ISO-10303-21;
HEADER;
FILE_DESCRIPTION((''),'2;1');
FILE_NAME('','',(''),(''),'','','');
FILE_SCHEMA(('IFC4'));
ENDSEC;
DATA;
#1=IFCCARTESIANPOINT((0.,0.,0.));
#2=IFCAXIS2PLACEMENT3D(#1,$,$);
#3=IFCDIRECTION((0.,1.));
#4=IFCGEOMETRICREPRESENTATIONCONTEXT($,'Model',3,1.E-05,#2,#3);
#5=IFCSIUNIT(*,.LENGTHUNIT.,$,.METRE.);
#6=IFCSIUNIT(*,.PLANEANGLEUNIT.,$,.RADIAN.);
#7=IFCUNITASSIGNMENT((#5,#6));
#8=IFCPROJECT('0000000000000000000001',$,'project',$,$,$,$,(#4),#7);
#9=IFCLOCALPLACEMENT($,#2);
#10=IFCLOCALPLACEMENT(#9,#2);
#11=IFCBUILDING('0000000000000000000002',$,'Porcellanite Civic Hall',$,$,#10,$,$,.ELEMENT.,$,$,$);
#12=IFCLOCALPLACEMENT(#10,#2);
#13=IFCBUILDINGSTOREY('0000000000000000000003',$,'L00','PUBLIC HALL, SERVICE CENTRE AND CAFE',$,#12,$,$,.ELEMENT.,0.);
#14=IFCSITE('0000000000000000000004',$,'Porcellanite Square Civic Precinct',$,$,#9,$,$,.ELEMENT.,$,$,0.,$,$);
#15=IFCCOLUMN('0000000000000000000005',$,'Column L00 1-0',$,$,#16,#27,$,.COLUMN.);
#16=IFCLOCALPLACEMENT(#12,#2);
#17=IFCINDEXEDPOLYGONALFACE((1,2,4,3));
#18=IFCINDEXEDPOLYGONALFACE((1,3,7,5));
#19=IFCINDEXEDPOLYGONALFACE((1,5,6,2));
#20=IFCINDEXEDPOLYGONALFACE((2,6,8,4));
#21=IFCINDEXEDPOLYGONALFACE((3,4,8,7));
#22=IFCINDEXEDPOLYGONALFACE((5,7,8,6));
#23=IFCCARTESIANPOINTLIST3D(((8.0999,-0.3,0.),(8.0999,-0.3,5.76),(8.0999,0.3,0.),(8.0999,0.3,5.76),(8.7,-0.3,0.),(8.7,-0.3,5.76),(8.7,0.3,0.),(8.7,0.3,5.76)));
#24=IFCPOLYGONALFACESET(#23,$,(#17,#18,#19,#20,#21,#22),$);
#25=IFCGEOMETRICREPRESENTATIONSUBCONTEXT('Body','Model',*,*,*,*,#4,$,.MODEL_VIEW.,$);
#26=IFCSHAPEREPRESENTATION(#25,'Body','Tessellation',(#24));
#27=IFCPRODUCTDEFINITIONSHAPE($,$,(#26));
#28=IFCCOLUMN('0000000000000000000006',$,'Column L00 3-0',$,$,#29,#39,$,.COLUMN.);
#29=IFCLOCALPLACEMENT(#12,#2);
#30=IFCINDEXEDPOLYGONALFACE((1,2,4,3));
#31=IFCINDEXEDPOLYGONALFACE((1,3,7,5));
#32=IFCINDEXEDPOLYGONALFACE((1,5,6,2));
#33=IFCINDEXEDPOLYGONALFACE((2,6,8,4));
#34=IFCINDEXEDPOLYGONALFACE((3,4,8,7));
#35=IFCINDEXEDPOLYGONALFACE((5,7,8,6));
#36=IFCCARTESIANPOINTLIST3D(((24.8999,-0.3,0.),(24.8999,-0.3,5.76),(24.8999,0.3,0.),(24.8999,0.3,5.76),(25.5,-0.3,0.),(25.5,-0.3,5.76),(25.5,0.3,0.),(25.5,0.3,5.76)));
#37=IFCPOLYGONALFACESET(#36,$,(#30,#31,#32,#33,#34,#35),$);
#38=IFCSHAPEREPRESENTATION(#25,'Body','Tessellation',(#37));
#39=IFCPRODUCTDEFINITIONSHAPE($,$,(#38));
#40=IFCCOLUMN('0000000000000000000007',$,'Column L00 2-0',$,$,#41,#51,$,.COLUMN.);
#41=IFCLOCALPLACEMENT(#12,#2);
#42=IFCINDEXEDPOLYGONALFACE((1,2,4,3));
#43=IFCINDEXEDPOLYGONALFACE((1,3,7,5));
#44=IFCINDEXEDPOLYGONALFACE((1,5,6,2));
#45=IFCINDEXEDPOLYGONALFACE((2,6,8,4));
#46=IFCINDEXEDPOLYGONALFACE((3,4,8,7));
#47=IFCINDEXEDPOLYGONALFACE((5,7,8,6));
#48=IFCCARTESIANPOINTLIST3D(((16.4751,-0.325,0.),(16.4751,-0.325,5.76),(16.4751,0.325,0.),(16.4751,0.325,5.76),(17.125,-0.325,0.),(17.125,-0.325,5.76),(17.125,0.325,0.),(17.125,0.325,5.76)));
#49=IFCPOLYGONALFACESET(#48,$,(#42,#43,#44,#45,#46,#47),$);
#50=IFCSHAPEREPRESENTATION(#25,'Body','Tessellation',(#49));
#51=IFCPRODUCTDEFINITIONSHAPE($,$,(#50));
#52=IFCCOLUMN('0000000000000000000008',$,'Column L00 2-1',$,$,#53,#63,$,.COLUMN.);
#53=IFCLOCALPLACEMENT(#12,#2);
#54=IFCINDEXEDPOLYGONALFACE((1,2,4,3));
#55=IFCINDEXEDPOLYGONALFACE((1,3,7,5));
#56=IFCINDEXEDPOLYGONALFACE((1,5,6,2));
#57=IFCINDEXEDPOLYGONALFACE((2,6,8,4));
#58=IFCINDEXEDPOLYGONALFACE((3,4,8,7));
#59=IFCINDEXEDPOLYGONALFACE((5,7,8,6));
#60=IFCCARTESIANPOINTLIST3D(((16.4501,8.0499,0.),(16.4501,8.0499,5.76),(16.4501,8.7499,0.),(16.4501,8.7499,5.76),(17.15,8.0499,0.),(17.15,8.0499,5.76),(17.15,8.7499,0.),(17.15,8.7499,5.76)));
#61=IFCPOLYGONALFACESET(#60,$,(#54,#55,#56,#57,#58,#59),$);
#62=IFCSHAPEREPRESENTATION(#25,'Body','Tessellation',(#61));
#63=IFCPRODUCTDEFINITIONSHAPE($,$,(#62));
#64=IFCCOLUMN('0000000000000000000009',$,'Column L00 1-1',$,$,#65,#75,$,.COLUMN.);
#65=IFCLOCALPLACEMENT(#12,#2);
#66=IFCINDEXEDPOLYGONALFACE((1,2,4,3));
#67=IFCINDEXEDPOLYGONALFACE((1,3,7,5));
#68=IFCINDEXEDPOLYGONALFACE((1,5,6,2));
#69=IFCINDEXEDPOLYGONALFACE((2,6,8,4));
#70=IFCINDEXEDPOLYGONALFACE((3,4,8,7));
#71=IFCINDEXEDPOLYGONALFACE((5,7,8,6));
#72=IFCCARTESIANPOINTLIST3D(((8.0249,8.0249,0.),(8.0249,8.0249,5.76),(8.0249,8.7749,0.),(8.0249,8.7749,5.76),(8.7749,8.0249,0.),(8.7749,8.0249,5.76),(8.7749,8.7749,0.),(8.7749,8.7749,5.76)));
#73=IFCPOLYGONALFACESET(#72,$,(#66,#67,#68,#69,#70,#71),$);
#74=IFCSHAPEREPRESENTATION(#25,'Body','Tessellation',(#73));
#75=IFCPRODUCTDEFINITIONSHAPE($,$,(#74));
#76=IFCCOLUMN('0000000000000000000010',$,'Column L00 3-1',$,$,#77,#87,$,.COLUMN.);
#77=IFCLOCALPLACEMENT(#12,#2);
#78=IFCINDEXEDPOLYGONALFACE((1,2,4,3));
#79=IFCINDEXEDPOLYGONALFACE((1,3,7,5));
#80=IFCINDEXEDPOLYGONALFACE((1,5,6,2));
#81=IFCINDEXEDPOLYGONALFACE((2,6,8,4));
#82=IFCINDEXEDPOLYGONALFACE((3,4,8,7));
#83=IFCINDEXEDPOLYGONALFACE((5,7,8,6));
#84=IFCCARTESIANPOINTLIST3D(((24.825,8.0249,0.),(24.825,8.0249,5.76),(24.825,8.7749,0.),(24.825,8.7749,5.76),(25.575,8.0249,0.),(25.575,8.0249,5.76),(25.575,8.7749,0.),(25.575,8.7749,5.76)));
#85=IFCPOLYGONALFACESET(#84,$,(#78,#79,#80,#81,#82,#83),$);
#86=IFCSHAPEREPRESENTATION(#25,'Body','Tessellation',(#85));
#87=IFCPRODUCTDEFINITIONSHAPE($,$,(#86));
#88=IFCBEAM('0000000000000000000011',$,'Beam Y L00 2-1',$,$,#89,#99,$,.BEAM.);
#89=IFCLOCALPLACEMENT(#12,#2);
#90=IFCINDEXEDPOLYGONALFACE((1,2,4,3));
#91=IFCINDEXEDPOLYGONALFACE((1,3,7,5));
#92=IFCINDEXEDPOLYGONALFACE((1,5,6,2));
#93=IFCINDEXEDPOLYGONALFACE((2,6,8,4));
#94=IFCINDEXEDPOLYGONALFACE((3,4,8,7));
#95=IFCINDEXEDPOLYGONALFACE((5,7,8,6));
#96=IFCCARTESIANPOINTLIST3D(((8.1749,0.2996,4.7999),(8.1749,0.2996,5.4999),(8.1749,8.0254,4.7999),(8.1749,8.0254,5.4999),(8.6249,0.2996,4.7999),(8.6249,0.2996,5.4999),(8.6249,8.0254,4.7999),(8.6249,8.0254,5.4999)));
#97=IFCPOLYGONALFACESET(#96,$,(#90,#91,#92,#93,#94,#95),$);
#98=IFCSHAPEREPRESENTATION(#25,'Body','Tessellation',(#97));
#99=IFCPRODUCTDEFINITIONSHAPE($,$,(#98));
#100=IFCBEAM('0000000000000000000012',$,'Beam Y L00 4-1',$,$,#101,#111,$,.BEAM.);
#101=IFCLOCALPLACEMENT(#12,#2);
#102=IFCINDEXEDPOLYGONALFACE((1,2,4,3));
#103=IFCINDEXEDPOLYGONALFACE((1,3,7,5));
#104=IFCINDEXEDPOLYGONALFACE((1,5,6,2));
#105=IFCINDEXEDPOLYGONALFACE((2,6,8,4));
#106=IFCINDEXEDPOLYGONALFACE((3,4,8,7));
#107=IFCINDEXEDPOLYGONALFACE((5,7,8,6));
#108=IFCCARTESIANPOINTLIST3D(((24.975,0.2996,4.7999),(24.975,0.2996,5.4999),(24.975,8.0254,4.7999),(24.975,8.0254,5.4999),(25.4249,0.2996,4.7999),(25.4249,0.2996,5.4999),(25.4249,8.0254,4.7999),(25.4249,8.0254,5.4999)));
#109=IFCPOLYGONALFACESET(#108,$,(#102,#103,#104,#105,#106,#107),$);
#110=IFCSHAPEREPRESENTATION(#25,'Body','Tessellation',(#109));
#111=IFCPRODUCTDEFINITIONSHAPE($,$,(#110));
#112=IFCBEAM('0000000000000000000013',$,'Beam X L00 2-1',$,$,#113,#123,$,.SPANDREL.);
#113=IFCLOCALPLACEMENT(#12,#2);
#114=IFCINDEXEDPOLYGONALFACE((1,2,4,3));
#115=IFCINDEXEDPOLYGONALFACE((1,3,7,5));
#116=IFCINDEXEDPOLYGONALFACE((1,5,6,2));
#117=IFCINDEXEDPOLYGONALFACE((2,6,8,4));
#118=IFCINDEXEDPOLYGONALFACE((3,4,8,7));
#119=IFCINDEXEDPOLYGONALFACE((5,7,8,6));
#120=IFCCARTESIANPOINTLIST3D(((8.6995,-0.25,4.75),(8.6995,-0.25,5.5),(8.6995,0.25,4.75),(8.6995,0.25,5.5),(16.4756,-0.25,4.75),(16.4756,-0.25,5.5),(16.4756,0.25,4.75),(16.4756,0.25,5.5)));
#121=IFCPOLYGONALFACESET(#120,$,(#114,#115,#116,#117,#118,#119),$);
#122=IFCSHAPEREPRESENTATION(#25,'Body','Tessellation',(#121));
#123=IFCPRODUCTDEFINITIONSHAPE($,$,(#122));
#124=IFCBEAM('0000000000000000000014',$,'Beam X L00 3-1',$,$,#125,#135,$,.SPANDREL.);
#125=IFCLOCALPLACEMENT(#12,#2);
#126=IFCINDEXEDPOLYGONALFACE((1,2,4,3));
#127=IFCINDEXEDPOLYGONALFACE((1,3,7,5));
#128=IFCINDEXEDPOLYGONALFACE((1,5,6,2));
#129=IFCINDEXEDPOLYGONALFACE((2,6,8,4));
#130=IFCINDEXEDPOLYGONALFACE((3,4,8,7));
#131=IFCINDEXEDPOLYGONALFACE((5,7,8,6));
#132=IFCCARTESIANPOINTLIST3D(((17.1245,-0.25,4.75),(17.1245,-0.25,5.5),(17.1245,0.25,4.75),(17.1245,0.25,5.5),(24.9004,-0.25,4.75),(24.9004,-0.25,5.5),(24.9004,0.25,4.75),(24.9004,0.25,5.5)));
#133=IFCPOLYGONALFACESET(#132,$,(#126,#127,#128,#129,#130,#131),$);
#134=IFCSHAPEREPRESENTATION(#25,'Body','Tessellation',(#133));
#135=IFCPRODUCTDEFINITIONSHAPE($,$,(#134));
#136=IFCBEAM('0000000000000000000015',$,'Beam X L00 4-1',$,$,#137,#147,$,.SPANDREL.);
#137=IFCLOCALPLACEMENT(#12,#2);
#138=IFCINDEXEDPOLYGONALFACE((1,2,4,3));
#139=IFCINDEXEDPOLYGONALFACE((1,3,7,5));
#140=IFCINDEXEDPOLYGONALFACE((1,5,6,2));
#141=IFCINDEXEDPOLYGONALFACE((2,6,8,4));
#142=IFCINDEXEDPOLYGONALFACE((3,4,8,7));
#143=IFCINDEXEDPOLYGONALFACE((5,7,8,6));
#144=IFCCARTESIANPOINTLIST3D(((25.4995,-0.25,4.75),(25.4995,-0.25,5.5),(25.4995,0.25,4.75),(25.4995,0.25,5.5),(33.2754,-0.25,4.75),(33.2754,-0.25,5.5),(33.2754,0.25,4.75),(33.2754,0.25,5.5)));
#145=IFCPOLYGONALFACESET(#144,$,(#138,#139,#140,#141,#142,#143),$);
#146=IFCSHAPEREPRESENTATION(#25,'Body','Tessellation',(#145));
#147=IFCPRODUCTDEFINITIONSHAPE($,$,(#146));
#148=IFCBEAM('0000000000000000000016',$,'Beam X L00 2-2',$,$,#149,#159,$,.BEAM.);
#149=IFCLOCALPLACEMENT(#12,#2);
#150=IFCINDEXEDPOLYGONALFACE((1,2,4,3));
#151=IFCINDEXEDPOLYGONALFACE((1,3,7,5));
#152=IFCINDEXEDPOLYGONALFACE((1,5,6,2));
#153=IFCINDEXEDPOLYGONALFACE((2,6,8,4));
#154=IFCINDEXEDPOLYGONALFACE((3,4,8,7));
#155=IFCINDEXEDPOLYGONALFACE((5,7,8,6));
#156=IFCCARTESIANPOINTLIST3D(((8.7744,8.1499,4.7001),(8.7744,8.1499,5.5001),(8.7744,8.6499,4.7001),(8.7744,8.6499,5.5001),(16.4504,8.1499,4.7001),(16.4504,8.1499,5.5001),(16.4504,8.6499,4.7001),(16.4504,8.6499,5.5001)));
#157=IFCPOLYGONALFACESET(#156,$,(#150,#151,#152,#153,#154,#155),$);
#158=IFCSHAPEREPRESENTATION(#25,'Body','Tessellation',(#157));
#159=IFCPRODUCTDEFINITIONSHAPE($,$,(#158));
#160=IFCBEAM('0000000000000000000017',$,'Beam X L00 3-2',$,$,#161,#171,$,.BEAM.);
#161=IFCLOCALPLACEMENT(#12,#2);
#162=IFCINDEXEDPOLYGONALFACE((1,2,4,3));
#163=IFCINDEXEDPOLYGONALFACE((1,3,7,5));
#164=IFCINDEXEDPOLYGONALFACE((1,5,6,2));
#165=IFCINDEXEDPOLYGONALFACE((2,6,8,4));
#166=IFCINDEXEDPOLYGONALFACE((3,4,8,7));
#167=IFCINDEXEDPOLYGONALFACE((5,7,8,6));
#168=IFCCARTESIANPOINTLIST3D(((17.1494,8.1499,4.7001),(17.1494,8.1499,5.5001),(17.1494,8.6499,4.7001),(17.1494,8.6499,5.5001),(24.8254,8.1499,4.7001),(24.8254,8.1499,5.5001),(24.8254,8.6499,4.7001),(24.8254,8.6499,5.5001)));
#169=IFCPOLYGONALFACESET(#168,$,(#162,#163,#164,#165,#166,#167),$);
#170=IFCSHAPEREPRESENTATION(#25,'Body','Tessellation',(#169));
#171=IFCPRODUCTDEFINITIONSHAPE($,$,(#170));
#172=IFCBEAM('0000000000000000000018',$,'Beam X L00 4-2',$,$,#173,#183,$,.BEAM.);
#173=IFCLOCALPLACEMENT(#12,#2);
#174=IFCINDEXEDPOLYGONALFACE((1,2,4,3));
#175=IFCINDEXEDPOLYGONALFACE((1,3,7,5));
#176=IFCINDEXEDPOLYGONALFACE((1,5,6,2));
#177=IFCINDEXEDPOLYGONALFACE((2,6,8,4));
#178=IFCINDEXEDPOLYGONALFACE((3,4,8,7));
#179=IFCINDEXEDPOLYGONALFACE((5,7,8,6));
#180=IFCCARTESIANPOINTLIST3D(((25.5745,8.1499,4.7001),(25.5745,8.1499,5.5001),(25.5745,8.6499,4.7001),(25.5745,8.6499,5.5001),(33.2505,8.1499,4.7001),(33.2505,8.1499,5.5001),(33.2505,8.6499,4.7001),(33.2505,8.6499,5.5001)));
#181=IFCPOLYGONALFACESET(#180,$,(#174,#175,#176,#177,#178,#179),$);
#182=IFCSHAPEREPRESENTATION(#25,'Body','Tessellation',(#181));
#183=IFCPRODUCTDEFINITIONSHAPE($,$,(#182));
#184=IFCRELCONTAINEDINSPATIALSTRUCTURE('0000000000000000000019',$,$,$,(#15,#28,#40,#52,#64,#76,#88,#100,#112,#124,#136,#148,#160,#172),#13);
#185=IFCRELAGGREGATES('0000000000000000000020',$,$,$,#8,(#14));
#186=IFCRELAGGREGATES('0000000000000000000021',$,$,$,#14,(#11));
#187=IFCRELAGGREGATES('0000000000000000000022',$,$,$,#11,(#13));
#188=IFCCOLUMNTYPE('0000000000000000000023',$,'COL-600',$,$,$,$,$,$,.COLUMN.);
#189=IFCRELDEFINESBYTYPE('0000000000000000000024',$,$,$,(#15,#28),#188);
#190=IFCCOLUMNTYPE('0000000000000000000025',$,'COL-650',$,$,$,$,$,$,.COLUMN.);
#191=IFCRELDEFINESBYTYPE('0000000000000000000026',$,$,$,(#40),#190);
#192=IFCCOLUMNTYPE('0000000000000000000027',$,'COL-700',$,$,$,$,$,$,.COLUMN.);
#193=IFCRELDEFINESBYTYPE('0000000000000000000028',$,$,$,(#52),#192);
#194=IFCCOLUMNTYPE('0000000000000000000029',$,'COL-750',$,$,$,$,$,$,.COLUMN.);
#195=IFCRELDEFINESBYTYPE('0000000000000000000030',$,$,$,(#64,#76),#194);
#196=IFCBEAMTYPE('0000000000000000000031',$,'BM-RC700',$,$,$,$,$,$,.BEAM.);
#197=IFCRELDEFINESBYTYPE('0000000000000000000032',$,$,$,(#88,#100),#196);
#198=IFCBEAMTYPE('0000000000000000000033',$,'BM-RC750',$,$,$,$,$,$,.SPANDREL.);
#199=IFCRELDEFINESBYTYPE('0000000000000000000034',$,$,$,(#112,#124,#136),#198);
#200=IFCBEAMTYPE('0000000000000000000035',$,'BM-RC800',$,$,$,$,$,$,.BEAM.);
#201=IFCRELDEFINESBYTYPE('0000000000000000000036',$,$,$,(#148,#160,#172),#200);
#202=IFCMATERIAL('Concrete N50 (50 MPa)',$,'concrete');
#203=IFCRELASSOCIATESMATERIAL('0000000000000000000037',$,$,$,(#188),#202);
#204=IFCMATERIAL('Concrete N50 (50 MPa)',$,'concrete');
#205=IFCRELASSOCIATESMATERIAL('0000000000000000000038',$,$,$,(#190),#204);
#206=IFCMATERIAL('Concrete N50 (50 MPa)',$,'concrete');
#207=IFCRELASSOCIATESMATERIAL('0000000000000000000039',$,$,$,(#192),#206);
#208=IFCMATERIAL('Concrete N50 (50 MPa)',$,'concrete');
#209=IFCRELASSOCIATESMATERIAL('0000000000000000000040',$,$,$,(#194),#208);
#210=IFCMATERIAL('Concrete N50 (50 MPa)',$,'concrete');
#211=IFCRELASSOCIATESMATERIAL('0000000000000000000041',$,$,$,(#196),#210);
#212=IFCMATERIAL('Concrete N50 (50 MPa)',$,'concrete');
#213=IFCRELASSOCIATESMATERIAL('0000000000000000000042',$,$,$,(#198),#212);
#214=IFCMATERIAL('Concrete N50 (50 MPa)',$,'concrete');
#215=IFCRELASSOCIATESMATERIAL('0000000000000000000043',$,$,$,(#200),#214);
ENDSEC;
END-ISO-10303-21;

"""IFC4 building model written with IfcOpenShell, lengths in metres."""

from ifc_helpers import new_model, si_unit, direction, frame, origin, origin_2d, place, context, subcontext, project, spatial, rectangle, extrude, material, material_profile, profile_set, type_object, element, save


model = new_model("IFC4")

# Units and contexts
model_context = context("Model", 3, precision=1e-05, world=origin(), true_north=direction((0.0, 1.0)))
body_context = subcontext(model_context, "Body", "Model", "MODEL_VIEW")
ifc_project = project(units=[si_unit("LENGTHUNIT", "METRE"), si_unit("PLANEANGLEUNIT", "RADIAN")], contexts=[model_context])

# Site, building, storey
site_placement = place(None, origin())
site = spatial("IfcSite", under=ifc_project, at=site_placement, Name="Porcellanite Square Civic Precinct", CompositionType="ELEMENT", RefElevation=0.0)
building_placement = place(site_placement, origin())
building = spatial("IfcBuilding", under=site, at=building_placement, Name="Porcellanite Civic Hall", CompositionType="ELEMENT")
storey_placement = place(building_placement, origin())
storey = spatial("IfcBuildingStorey", under=building, at=storey_placement, Name="L00", Description="PUBLIC HALL, SERVICE CENTRE AND CAFE", CompositionType="ELEMENT", Elevation=0.0)

# Columns
ifc_material_1 = material(Name="Concrete N50 (50 MPa)", Category="concrete")
ifc_material_profile_1 = material_profile(ifc_material_1, rectangle(XDim=0.6001, YDim=0.6001, at=origin_2d()), Name="RC-600x600")
ifc_profile_set_1 = profile_set([ifc_material_profile_1], Name="Concrete N50 (50 MPa)")
column_type_1 = type_object("IfcColumnType", Name="COL-600", PredefinedType="COLUMN", material=ifc_profile_set_1)
for number, where, z_axis, x_axis, name in (
    (1, (8.3999, 0.0, 0.0), (0.0, 0.0, 1.0), (1.0, 0.0, 0.0), "Column L00 1-0"),
    (2, (25.2, 0.0, 0.0), (0.0, 0.0, 1.0), (1.0, 0.0, 0.0), "Column L00 3-0"),
):
    element("IfcColumn", number, at=place(storey_placement, frame(where, z_axis=z_axis, x_axis=x_axis)), inside=storey, type_object=column_type_1, Name=name, PredefinedType="COLUMN", context=body_context, shape_type="SweptSolid", body=[
        extrude(rectangle(XDim=0.6001, YDim=0.6001, at=origin_2d()), origin(), (0.0, 0.0, 1.0), 5.76),
    ])
ifc_material_2 = material(Name="Concrete N50 (50 MPa)", Category="concrete")
ifc_material_profile_2 = material_profile(ifc_material_2, rectangle(XDim=0.6499, YDim=0.6499, at=origin_2d()), Name="RC-650x650")
ifc_profile_set_2 = profile_set([ifc_material_profile_2], Name="Concrete N50 (50 MPa)")
column_type_2 = type_object("IfcColumnType", Name="COL-650", PredefinedType="COLUMN", material=ifc_profile_set_2)
column_1_placement = place(storey_placement, frame((16.8, 0.0, 0.0), z_axis=(0.0, 0.0, 1.0), x_axis=(1.0, 0.0, 0.0)))
element("IfcColumn", 3, at=column_1_placement, inside=storey, type_object=column_type_2, Name="Column L00 2-0", PredefinedType="COLUMN", context=body_context, shape_type="SweptSolid", body=[
    extrude(rectangle(XDim=0.6499, YDim=0.6499, at=origin_2d()), origin(), (0.0, 0.0, 1.0), 5.76),
])
ifc_material_3 = material(Name="Concrete N50 (50 MPa)", Category="concrete")
ifc_material_profile_3 = material_profile(ifc_material_3, rectangle(XDim=0.7, YDim=0.7, at=origin_2d()), Name="RC-700x700")
ifc_profile_set_3 = profile_set([ifc_material_profile_3], Name="Concrete N50 (50 MPa)")
column_type_3 = type_object("IfcColumnType", Name="COL-700", PredefinedType="COLUMN", material=ifc_profile_set_3)
column_2_placement = place(storey_placement, frame((16.8, 8.3999, 0.0), z_axis=(0.0, 0.0, 1.0), x_axis=(1.0, 0.0, 0.0)))
element("IfcColumn", 4, at=column_2_placement, inside=storey, type_object=column_type_3, Name="Column L00 2-1", PredefinedType="COLUMN", context=body_context, shape_type="SweptSolid", body=[
    extrude(rectangle(XDim=0.7, YDim=0.7, at=origin_2d()), origin(), (0.0, 0.0, 1.0), 5.76),
])
ifc_material_4 = material(Name="Concrete N50 (50 MPa)", Category="concrete")
ifc_material_profile_4 = material_profile(ifc_material_4, rectangle(XDim=0.75, YDim=0.75, at=origin_2d()), Name="RC-750x750")
ifc_profile_set_4 = profile_set([ifc_material_profile_4], Name="Concrete N50 (50 MPa)")
column_type_4 = type_object("IfcColumnType", Name="COL-750", PredefinedType="COLUMN", material=ifc_profile_set_4)
for number, where, z_axis, x_axis, name in (
    (5, (8.3999, 8.3999, 0.0), (0.0, 0.0, 1.0), (1.0, 0.0, 0.0), "Column L00 1-1"),
    (6, (25.2, 8.3999, 0.0), (0.0, 0.0, 1.0), (1.0, 0.0, 0.0), "Column L00 3-1"),
):
    element("IfcColumn", number, at=place(storey_placement, frame(where, z_axis=z_axis, x_axis=x_axis)), inside=storey, type_object=column_type_4, Name=name, PredefinedType="COLUMN", context=body_context, shape_type="SweptSolid", body=[
        extrude(rectangle(XDim=0.75, YDim=0.75, at=origin_2d()), origin(), (0.0, 0.0, 1.0), 5.76),
    ])

# Beams
ifc_material_5 = material(Name="Concrete N50 (50 MPa)", Category="concrete")
ifc_material_profile_5 = material_profile(ifc_material_5, rectangle(XDim=0.45, YDim=0.7, at=origin_2d()), Name="RC-450x700")
ifc_profile_set_5 = profile_set([ifc_material_profile_5], Name="Concrete N50 (50 MPa)")
beam_type_1 = type_object("IfcBeamType", Name="BM-RC700", PredefinedType="BEAM", material=ifc_profile_set_5)
for number, where, z_axis, x_axis, name in (
    (7, (8.3999, 0.2996, 5.1499), (0.0, 1.0, 0.0), (-1.0, 0.0, 0.0), "Beam Y L00 2-1"),
    (8, (25.2, 0.2996, 5.1499), (0.0, 1.0, 0.0), (-1.0, 0.0, 0.0), "Beam Y L00 4-1"),
):
    element("IfcBeam", number, at=place(storey_placement, frame(where, z_axis=z_axis, x_axis=x_axis)), inside=storey, type_object=beam_type_1, Name=name, PredefinedType="BEAM", context=body_context, shape_type="SweptSolid", body=[
        extrude(rectangle(XDim=0.45, YDim=0.7, at=origin_2d()), origin(), (0.0, 0.0, 1.0), 7.7258),
    ])
ifc_material_6 = material(Name="Concrete N50 (50 MPa)", Category="concrete")
ifc_material_profile_6 = material_profile(ifc_material_6, rectangle(XDim=0.5, YDim=0.75, at=origin_2d()), Name="RC-500x750")
ifc_profile_set_6 = profile_set([ifc_material_profile_6], Name="Concrete N50 (50 MPa)")
beam_type_2 = type_object("IfcBeamType", Name="BM-RC750", PredefinedType="SPANDREL", material=ifc_profile_set_6)
beam_1_placement = place(storey_placement, frame((8.6995, 0.0, 5.125), z_axis=(1.0, 0.0, 0.0), x_axis=(0.0, 1.0, 0.0)))
element("IfcBeam", 9, at=beam_1_placement, inside=storey, type_object=beam_type_2, Name="Beam X L00 2-1", PredefinedType="SPANDREL", context=body_context, shape_type="SweptSolid", body=[
    extrude(rectangle(XDim=0.5, YDim=0.75, at=origin_2d()), origin(), (0.0, 0.0, 1.0), 7.7761),
])
for number, where, z_axis, x_axis, name in (
    (10, (17.1245, 0.0, 5.125), (1.0, 0.0, 0.0), (0.0, 1.0, 0.0), "Beam X L00 3-1"),
    (11, (25.4995, 0.0, 5.125), (1.0, 0.0, 0.0), (0.0, 1.0, 0.0), "Beam X L00 4-1"),
):
    element("IfcBeam", number, at=place(storey_placement, frame(where, z_axis=z_axis, x_axis=x_axis)), inside=storey, type_object=beam_type_2, Name=name, PredefinedType="SPANDREL", context=body_context, shape_type="SweptSolid", body=[
        extrude(rectangle(XDim=0.5, YDim=0.75, at=origin_2d()), origin(), (0.0, 0.0, 1.0), 7.7759),
    ])
ifc_material_7 = material(Name="Concrete N50 (50 MPa)", Category="concrete")
ifc_material_profile_7 = material_profile(ifc_material_7, rectangle(XDim=0.5, YDim=0.8, at=origin_2d()), Name="RC-500x800")
ifc_profile_set_7 = profile_set([ifc_material_profile_7], Name="Concrete N50 (50 MPa)")
beam_type_3 = type_object("IfcBeamType", Name="BM-RC800", PredefinedType="BEAM", material=ifc_profile_set_7)
for number, where, z_axis, x_axis, name in (
    (12, (8.7744, 8.3999, 5.1001), (1.0, 0.0, 0.0), (0.0, 1.0, 0.0), "Beam X L00 2-2"),
    (13, (17.1494, 8.3999, 5.1001), (1.0, 0.0, 0.0), (0.0, 1.0, 0.0), "Beam X L00 3-2"),
    (14, (25.5745, 8.3999, 5.1001), (1.0, 0.0, 0.0), (0.0, 1.0, 0.0), "Beam X L00 4-2"),
):
    element("IfcBeam", number, at=place(storey_placement, frame(where, z_axis=z_axis, x_axis=x_axis)), inside=storey, type_object=beam_type_3, Name=name, PredefinedType="BEAM", context=body_context, shape_type="SweptSolid", body=[
        extrude(rectangle(XDim=0.5, YDim=0.8, at=origin_2d()), origin(), (0.0, 0.0, 1.0), 7.676),
    ])

save(model, "model.ifc")
